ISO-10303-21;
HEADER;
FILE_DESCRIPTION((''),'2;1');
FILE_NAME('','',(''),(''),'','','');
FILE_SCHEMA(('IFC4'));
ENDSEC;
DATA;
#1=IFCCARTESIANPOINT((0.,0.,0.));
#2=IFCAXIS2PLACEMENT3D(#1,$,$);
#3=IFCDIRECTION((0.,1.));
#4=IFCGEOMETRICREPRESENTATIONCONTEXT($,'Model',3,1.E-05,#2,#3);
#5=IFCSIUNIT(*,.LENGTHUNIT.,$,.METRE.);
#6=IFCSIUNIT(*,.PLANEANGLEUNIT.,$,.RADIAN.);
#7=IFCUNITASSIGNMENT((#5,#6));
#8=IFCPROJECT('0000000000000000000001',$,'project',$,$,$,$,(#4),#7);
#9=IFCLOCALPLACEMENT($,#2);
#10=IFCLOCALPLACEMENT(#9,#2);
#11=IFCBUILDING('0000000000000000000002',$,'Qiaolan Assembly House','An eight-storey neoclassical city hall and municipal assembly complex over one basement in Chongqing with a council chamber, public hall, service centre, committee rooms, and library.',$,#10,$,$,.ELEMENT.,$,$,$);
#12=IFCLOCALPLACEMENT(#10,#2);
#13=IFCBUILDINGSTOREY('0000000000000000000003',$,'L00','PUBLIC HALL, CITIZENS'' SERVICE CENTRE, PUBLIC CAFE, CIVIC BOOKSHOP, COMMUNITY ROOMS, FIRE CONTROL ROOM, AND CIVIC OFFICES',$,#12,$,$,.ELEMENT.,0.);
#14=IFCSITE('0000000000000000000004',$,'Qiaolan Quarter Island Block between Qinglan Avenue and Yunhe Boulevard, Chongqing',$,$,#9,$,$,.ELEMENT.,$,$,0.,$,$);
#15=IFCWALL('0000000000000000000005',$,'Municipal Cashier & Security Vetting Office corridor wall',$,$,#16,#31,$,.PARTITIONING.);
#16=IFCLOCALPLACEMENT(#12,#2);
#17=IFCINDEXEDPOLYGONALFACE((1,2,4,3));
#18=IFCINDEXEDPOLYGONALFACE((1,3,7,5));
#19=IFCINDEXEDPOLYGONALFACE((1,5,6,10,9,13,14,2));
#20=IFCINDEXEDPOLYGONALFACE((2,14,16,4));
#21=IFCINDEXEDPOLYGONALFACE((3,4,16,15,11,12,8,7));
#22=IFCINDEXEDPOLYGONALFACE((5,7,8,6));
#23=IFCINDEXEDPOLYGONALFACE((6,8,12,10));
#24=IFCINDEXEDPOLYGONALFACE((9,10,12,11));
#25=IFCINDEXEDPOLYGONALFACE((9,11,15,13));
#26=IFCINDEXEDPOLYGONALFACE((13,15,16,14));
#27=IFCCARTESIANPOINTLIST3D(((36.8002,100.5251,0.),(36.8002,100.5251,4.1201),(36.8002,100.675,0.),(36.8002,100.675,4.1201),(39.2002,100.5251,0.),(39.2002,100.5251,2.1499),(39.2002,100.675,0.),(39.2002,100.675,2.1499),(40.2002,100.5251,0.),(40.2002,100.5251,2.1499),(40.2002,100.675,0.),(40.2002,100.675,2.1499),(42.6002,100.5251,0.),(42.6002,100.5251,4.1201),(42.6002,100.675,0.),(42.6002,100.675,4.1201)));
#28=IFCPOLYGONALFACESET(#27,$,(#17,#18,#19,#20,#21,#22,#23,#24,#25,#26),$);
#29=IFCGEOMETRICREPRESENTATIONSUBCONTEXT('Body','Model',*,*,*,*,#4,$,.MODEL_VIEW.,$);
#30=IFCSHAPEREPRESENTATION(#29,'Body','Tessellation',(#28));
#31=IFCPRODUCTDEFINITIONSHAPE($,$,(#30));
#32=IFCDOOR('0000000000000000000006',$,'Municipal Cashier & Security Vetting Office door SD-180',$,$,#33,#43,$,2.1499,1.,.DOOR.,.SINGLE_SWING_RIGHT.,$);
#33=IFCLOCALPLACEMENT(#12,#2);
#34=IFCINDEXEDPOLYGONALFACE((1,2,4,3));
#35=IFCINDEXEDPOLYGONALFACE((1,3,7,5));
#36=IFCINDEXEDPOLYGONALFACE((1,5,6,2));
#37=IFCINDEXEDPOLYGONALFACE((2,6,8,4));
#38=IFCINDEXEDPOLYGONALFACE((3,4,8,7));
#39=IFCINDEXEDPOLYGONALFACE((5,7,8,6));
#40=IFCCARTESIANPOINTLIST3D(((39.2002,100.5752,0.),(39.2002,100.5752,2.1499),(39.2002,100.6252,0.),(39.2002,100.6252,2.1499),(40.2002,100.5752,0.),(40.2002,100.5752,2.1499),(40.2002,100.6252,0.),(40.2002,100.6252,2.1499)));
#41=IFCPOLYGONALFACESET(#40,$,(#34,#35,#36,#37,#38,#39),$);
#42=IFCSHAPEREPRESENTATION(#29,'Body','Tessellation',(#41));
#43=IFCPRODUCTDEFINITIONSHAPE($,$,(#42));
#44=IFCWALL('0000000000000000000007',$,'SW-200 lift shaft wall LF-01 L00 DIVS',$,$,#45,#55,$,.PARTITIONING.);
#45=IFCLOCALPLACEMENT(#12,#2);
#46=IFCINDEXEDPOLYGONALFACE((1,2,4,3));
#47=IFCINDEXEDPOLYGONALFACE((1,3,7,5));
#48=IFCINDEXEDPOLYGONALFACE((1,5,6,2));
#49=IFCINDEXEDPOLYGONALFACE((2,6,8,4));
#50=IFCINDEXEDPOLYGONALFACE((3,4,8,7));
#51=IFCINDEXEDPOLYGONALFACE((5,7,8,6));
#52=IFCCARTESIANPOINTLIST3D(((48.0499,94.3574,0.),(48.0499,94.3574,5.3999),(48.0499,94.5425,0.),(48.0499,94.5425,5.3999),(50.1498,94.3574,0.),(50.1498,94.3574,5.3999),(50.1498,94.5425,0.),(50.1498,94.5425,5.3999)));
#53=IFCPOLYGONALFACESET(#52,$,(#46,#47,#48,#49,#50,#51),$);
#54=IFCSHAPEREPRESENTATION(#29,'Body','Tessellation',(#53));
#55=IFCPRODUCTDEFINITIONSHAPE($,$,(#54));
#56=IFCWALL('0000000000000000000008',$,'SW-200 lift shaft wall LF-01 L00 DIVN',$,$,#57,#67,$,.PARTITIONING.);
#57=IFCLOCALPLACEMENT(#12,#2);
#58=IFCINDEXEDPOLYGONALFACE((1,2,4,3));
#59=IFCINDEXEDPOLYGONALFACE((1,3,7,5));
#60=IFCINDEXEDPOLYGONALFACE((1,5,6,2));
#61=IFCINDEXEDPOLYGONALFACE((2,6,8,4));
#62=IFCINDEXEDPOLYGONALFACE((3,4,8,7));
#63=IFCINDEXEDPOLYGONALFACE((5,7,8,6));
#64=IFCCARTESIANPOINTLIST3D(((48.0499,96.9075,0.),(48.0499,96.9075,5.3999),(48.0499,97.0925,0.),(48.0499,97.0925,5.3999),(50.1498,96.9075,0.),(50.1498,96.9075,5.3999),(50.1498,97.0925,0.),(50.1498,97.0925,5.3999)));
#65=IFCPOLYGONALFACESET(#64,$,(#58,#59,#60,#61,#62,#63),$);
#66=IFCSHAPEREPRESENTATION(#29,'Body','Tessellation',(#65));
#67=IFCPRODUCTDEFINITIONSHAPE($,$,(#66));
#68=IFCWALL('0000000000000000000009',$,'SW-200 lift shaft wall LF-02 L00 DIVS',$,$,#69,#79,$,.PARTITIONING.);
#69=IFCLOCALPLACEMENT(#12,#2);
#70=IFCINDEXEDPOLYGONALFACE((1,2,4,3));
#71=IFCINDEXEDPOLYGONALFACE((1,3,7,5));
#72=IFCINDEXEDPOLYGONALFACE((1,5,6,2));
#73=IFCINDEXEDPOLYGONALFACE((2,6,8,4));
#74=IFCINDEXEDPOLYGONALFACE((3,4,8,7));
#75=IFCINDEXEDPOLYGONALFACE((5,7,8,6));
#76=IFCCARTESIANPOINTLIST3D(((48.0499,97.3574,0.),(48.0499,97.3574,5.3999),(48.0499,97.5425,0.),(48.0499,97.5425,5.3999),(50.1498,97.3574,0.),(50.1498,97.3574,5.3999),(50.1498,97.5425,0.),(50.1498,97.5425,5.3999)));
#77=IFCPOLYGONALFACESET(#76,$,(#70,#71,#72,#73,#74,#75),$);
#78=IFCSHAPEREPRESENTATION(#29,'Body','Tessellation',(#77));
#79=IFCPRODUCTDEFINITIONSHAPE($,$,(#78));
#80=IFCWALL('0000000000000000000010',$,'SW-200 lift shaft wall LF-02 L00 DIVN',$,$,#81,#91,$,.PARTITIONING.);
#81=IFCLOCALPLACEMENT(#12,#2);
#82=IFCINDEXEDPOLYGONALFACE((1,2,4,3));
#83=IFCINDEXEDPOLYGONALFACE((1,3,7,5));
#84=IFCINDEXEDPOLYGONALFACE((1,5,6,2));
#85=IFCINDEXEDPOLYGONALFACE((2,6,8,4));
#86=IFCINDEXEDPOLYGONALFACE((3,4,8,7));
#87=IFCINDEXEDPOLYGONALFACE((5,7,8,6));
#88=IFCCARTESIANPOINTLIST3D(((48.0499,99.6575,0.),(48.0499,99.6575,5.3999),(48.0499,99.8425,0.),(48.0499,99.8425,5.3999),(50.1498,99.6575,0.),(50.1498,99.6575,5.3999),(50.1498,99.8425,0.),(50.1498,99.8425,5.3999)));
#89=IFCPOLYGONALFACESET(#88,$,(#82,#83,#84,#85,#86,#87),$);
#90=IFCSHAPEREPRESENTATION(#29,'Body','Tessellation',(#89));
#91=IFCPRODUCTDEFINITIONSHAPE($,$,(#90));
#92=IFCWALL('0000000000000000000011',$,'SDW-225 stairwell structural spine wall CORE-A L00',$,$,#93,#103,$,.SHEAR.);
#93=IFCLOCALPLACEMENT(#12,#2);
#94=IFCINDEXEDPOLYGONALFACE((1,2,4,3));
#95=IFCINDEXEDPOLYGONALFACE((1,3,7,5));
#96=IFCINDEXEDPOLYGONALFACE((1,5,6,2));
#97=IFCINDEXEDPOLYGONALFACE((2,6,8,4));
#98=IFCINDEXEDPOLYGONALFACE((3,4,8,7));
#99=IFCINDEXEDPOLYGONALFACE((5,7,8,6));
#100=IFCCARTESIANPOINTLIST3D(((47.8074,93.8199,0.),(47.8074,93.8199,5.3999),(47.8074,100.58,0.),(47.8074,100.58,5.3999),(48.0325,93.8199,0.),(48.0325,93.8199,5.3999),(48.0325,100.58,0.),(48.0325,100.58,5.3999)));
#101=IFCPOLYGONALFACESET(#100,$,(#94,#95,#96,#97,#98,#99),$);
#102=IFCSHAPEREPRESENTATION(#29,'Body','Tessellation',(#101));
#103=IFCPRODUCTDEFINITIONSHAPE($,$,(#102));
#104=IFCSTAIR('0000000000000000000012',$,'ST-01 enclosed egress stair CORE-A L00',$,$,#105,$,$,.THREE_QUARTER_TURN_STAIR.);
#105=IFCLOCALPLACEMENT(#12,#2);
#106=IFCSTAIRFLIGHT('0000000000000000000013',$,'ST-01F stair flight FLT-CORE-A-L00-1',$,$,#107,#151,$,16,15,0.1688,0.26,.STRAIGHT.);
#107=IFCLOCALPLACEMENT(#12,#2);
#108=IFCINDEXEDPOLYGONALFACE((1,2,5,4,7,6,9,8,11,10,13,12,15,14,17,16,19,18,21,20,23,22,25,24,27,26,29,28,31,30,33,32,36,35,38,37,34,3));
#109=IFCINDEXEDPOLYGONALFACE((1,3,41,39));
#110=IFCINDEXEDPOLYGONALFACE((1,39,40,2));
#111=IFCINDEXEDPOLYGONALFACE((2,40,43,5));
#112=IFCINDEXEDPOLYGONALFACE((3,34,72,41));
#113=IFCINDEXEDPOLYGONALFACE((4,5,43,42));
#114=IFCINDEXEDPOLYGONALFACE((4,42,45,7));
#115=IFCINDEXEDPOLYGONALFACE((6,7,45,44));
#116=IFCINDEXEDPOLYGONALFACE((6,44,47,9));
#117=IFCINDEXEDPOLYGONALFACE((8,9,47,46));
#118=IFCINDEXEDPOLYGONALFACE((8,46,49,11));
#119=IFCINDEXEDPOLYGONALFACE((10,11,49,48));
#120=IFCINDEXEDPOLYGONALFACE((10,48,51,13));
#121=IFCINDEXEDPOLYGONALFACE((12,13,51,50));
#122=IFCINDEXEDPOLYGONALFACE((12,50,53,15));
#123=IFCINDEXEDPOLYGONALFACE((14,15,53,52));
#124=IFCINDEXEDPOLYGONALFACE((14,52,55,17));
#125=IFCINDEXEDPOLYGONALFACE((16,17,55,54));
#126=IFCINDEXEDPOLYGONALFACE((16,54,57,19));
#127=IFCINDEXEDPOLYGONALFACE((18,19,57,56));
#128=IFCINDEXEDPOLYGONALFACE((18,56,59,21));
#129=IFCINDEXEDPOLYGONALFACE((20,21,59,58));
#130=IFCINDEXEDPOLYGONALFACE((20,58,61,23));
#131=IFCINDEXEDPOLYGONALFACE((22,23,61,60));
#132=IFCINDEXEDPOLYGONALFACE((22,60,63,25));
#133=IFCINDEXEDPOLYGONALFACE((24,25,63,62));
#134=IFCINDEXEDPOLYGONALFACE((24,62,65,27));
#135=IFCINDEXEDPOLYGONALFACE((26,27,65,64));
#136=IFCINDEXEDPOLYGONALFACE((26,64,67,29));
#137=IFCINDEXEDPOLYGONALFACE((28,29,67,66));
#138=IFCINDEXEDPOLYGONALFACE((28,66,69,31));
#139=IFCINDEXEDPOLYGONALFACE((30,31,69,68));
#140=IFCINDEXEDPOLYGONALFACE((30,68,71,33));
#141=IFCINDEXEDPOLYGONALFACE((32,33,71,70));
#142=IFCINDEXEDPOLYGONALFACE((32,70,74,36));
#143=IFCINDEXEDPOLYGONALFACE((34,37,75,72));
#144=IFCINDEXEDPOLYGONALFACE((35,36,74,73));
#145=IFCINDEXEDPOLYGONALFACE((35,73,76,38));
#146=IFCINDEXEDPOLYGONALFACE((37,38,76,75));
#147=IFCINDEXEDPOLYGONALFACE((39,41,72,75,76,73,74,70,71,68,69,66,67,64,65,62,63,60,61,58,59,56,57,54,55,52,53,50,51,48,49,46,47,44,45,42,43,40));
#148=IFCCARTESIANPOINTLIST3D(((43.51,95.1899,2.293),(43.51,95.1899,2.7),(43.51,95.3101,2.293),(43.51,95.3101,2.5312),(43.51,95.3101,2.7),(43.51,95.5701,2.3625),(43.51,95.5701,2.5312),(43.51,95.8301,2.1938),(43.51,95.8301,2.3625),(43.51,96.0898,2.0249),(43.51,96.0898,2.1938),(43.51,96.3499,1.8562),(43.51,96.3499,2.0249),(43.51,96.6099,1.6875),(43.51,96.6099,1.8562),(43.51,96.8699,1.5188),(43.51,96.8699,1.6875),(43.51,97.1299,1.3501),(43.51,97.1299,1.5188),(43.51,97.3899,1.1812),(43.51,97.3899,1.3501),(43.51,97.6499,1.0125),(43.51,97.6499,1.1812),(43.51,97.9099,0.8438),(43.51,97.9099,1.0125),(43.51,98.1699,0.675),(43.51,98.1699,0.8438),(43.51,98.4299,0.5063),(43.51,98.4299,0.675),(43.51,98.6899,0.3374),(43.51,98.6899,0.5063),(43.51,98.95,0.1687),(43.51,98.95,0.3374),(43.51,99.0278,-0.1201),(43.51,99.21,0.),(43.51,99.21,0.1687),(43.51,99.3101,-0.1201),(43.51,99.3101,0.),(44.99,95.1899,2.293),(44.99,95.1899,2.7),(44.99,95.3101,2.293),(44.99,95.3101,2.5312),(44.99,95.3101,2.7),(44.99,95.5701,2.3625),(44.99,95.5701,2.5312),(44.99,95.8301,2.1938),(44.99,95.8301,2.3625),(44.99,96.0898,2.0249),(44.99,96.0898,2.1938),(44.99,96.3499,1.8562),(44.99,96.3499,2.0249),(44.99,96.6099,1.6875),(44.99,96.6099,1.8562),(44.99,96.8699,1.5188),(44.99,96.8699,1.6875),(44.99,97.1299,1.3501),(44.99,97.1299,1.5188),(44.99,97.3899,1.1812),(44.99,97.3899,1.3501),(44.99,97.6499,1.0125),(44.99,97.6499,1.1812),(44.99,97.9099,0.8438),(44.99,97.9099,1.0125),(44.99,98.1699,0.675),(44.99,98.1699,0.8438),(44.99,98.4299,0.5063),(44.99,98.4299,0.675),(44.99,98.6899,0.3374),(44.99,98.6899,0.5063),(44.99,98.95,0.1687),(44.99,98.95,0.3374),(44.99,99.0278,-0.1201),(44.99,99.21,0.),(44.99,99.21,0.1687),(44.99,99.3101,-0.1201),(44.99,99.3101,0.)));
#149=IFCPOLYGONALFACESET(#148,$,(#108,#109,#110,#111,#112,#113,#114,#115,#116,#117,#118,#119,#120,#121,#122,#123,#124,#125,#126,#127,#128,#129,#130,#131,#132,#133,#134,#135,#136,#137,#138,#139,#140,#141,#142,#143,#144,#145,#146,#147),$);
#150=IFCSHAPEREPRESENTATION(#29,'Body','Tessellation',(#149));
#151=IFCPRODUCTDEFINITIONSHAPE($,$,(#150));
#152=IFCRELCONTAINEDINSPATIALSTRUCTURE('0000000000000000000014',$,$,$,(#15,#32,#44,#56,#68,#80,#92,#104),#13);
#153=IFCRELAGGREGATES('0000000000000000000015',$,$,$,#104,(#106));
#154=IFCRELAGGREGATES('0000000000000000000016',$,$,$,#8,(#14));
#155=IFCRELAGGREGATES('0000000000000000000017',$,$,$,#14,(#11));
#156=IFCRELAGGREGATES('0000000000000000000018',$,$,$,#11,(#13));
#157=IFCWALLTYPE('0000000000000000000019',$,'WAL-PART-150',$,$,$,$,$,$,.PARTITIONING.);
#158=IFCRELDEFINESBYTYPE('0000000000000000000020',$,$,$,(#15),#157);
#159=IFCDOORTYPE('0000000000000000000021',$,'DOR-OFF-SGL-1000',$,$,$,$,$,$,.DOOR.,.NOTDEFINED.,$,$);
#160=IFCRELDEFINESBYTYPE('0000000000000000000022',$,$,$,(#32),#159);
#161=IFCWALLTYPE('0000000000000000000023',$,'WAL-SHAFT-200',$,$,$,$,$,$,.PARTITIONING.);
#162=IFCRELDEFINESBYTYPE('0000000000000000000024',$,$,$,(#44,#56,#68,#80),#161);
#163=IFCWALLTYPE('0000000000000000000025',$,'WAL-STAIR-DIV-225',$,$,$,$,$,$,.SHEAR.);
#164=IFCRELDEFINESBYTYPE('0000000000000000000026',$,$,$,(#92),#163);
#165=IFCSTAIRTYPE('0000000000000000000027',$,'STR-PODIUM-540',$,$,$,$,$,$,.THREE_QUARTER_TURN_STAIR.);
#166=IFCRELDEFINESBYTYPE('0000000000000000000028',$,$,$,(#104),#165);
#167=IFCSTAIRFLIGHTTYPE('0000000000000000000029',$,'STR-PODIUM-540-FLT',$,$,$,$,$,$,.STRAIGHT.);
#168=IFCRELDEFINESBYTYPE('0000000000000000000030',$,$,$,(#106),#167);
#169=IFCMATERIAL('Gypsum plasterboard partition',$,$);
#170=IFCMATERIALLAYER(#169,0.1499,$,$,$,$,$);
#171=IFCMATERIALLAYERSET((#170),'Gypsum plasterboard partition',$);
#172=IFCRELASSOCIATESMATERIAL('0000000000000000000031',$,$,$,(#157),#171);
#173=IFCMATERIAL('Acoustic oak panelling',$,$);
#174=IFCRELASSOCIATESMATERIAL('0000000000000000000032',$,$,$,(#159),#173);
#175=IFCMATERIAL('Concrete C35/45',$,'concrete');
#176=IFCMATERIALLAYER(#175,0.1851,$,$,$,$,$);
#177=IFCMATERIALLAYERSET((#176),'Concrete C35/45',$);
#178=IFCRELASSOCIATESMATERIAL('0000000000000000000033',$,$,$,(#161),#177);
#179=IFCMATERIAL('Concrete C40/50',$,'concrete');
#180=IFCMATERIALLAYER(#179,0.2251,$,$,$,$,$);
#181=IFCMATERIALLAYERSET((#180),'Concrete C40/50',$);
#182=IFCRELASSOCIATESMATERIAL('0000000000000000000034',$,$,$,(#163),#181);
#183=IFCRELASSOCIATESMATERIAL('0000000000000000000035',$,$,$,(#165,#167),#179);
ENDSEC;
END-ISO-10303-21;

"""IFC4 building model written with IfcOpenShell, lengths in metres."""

from ifc_helpers import new_model, si_unit, direction, frame, frame_2d, origin, place, context, subcontext, project, spatial, polyline, rectangle, outline, extrude, material, layer, layer_set, type_object, element, fill, aggregate, save


model = new_model("IFC4")

# Units and contexts
model_context = context("Model", 3, precision=1e-05, world=origin(), true_north=direction((0.0, 1.0)))
body_context = subcontext(model_context, "Body", "Model", "MODEL_VIEW")
ifc_project = project(units=[si_unit("LENGTHUNIT", "METRE"), si_unit("PLANEANGLEUNIT", "RADIAN")], contexts=[model_context])

# Site, building, storey
site_placement = place(None, origin())
site = spatial("IfcSite", under=ifc_project, at=site_placement, Name="Qiaolan Quarter Island Block between Qinglan Avenue and Yunhe Boulevard, Chongqing", CompositionType="ELEMENT", RefElevation=0.0)
building_placement = place(site_placement, origin())
building = spatial("IfcBuilding", under=site, at=building_placement, Name="Qiaolan Assembly House", Description="An eight-storey neoclassical city hall and municipal assembly complex over one basement in Chongqing with a council chamber, public hall, service centre, committee rooms, and library.", CompositionType="ELEMENT")
storey_placement = place(building_placement, origin())
storey = spatial("IfcBuildingStorey", under=building, at=storey_placement, Name="L00", Description="PUBLIC HALL, CITIZENS' SERVICE CENTRE, PUBLIC CAFE, CIVIC BOOKSHOP, COMMUNITY ROOMS, FIRE CONTROL ROOM, AND CIVIC OFFICES", CompositionType="ELEMENT", Elevation=0.0)

# Shared definitions
ifc_material_1 = material(Name="Gypsum plasterboard partition")

# Wall, opening, door
ifc_layer_1 = layer(ifc_material_1, 0.1499)
ifc_layer_set_1 = layer_set([ifc_layer_1], Name="Gypsum plasterboard partition")
wall_type_1 = type_object("IfcWallType", Name="WAL-PART-150", PredefinedType="PARTITIONING", material=ifc_layer_set_1)
wall_1_placement = place(storey_placement, frame((42.6001, 100.6001, 0.0), z_axis=(0.0, 0.0, 1.0), x_axis=(-1.0, 0.0, 0.0)))
wall_1 = element("IfcWall", 1, at=wall_1_placement, inside=storey, type_object=wall_type_1, Name="Municipal Cashier & Security Vetting Office corridor wall", PredefinedType="PARTITIONING", context=body_context, shape_type="SweptSolid", body=[
    extrude(rectangle(XDim=5.8, YDim=0.1499, at=frame_2d((2.8999, 0.0))), origin(), (0.0, 0.0, 1.0), 4.1201),
])
opening_1_placement = place(wall_1_placement, frame((2.3999, 0.0, 0.0)))
opening_1 = element("IfcOpeningElement", 2, at=opening_1_placement, cuts=wall_1, PredefinedType="OPENING", context=body_context, shape_type="SweptSolid", body=[
    extrude(rectangle(XDim=1.0, YDim=2.1499, at=frame_2d((0.5, 1.075))), frame((0.0, 0.085, 0.0), z_axis=(0.0, -1.0, 0.0), x_axis=(1.0, 0.0, 0.0)), (0.0, 0.0, 1.0), 0.1699),
])
ifc_material_2 = material(Name="Acoustic oak panelling")
door_type_1 = type_object("IfcDoorType", Name="DOR-OFF-SGL-1000", OperationType="NOTDEFINED", PredefinedType="DOOR", material=ifc_material_2)
door_1_placement = place(opening_1_placement, origin())
door_1 = element("IfcDoor", 3, at=door_1_placement, inside=storey, type_object=door_type_1, Name="Municipal Cashier & Security Vetting Office door SD-180", OperationType="SINGLE_SWING_RIGHT", OverallHeight=2.1499, OverallWidth=1.0, PredefinedType="DOOR", context=body_context, shape_type="SweptSolid", body=[
    extrude(rectangle(XDim=1.0, YDim=2.1499, at=frame_2d((0.5, 1.075))), frame((0.0, 0.0249, 0.0), z_axis=(0.0, -1.0, 0.0), x_axis=(1.0, 0.0, 0.0)), (0.0, 0.0, 1.0), 0.05),
])
fill(opening_1, door_1)

# Walls
ifc_material_3 = material(Name="Concrete C35/45", Category="concrete")
ifc_layer_2 = layer(ifc_material_3, 0.1851)
ifc_layer_set_2 = layer_set([ifc_layer_2], Name="Concrete C35/45")
wall_type_2 = type_object("IfcWallType", Name="WAL-SHAFT-200", PredefinedType="PARTITIONING", material=ifc_layer_set_2)
for number, where, z_axis, x_axis, name in (
    (4, (48.05, 94.45, 0.0), (0.0, 0.0, 1.0), (1.0, 0.0, 0.0), "SW-200 lift shaft wall LF-01 L00 DIVS"),
    (5, (48.05, 97.0, 0.0), (0.0, 0.0, 1.0), (1.0, 0.0, 0.0), "SW-200 lift shaft wall LF-01 L00 DIVN"),
    (6, (48.05, 97.45, 0.0), (0.0, 0.0, 1.0), (1.0, 0.0, 0.0), "SW-200 lift shaft wall LF-02 L00 DIVS"),
    (7, (48.05, 99.75, 0.0), (0.0, 0.0, 1.0), (1.0, 0.0, 0.0), "SW-200 lift shaft wall LF-02 L00 DIVN"),
):
    element("IfcWall", number, at=place(storey_placement, frame(where, z_axis=z_axis, x_axis=x_axis)), inside=storey, type_object=wall_type_2, Name=name, PredefinedType="PARTITIONING", context=body_context, shape_type="SweptSolid", body=[
        extrude(rectangle(XDim=2.0999, YDim=0.1851, at=frame_2d((1.0498, 0.0))), origin(), (0.0, 0.0, 1.0), 5.3999),
    ])
ifc_material_4 = material(Name="Concrete C40/50", Category="concrete")
ifc_layer_3 = layer(ifc_material_4, 0.2251)
ifc_layer_set_3 = layer_set([ifc_layer_3], Name="Concrete C40/50")
wall_type_3 = type_object("IfcWallType", Name="WAL-STAIR-DIV-225", PredefinedType="SHEAR", material=ifc_layer_set_3)
wall_2_placement = place(storey_placement, frame((47.9199, 93.8201, 0.0), z_axis=(0.0, 0.0, 1.0), x_axis=(0.0, 1.0, 0.0)))
element("IfcWall", 8, at=wall_2_placement, inside=storey, type_object=wall_type_3, Name="SDW-225 stairwell structural spine wall CORE-A L00", PredefinedType="SHEAR", context=body_context, shape_type="SweptSolid", body=[
    extrude(rectangle(XDim=6.76, YDim=0.2251, at=frame_2d((3.3799, 0.0))), origin(), (0.0, 0.0, 1.0), 5.3999),
])

# Stair, stair flight
stair_type = type_object("IfcStairType", Name="STR-PODIUM-540", PredefinedType="THREE_QUARTER_TURN_STAIR", material=ifc_material_4)
stair_placement = place(storey_placement, origin())
stair = element("IfcStair", 9, at=stair_placement, inside=storey, type_object=stair_type, Name="ST-01 enclosed egress stair CORE-A L00", PredefinedType="THREE_QUARTER_TURN_STAIR")
stair_flight_type = type_object("IfcStairFlightType", Name="STR-PODIUM-540-FLT", PredefinedType="STRAIGHT", material=ifc_material_4)
stair_flight_1_placement = place(storey_placement, frame((44.25, 99.21, 0.0), z_axis=(0.0, 0.0, 1.0), x_axis=(0.0, -1.0, 0.0)))
stair_flight_1 = element("IfcStairFlight", 10, at=stair_flight_1_placement, type_object=stair_flight_type, Name="ST-01F stair flight FLT-CORE-A-L00-1", NumberOfRisers=16, NumberOfTreads=15, PredefinedType="STRAIGHT", RiserHeight=0.1688, TreadLength=0.26, context=body_context, shape_type="SweptSolid", body=[
    extrude(outline(polyline([(-0.1001, -0.1201), (-0.1001, 0.0), (0.0, 0.0), (0.0, 0.1687), (0.26, 0.1687), (0.26, 0.3374), (0.52, 0.3374), (0.52, 0.5063), (0.78, 0.5063), (0.78, 0.675), (1.04, 0.675), (1.04, 0.8438), (1.3, 0.8438), (1.3, 1.0125), (1.5601, 1.0125), (1.5601, 1.1812), (1.8201, 1.1812), (1.8201, 1.3501), (2.0801, 1.3501), (2.0801, 1.5188), (2.3401, 1.5188), (2.3401, 1.6875), (2.6001, 1.6875), (2.6001, 1.8562), (2.8601, 1.8562), (2.8601, 2.0249), (3.1201, 2.0249), (3.1201, 2.1938), (3.3799, 2.1938), (3.3799, 2.3625), (3.6399, 2.3625), (3.6399, 2.5312), (3.8999, 2.5312), (3.8999, 2.7), (4.02, 2.7), (4.02, 2.293), (3.8999, 2.293), (0.1821, -0.1201), (-0.1001, -0.1201)])), frame((0.0, 0.74, 0.0), z_axis=(0.0, -1.0, 0.0), x_axis=(1.0, 0.0, 0.0)), (0.0, 0.0, 1.0), 1.48),
])
aggregate(stair, [stair_flight_1])

save(model, "model.ifc")
